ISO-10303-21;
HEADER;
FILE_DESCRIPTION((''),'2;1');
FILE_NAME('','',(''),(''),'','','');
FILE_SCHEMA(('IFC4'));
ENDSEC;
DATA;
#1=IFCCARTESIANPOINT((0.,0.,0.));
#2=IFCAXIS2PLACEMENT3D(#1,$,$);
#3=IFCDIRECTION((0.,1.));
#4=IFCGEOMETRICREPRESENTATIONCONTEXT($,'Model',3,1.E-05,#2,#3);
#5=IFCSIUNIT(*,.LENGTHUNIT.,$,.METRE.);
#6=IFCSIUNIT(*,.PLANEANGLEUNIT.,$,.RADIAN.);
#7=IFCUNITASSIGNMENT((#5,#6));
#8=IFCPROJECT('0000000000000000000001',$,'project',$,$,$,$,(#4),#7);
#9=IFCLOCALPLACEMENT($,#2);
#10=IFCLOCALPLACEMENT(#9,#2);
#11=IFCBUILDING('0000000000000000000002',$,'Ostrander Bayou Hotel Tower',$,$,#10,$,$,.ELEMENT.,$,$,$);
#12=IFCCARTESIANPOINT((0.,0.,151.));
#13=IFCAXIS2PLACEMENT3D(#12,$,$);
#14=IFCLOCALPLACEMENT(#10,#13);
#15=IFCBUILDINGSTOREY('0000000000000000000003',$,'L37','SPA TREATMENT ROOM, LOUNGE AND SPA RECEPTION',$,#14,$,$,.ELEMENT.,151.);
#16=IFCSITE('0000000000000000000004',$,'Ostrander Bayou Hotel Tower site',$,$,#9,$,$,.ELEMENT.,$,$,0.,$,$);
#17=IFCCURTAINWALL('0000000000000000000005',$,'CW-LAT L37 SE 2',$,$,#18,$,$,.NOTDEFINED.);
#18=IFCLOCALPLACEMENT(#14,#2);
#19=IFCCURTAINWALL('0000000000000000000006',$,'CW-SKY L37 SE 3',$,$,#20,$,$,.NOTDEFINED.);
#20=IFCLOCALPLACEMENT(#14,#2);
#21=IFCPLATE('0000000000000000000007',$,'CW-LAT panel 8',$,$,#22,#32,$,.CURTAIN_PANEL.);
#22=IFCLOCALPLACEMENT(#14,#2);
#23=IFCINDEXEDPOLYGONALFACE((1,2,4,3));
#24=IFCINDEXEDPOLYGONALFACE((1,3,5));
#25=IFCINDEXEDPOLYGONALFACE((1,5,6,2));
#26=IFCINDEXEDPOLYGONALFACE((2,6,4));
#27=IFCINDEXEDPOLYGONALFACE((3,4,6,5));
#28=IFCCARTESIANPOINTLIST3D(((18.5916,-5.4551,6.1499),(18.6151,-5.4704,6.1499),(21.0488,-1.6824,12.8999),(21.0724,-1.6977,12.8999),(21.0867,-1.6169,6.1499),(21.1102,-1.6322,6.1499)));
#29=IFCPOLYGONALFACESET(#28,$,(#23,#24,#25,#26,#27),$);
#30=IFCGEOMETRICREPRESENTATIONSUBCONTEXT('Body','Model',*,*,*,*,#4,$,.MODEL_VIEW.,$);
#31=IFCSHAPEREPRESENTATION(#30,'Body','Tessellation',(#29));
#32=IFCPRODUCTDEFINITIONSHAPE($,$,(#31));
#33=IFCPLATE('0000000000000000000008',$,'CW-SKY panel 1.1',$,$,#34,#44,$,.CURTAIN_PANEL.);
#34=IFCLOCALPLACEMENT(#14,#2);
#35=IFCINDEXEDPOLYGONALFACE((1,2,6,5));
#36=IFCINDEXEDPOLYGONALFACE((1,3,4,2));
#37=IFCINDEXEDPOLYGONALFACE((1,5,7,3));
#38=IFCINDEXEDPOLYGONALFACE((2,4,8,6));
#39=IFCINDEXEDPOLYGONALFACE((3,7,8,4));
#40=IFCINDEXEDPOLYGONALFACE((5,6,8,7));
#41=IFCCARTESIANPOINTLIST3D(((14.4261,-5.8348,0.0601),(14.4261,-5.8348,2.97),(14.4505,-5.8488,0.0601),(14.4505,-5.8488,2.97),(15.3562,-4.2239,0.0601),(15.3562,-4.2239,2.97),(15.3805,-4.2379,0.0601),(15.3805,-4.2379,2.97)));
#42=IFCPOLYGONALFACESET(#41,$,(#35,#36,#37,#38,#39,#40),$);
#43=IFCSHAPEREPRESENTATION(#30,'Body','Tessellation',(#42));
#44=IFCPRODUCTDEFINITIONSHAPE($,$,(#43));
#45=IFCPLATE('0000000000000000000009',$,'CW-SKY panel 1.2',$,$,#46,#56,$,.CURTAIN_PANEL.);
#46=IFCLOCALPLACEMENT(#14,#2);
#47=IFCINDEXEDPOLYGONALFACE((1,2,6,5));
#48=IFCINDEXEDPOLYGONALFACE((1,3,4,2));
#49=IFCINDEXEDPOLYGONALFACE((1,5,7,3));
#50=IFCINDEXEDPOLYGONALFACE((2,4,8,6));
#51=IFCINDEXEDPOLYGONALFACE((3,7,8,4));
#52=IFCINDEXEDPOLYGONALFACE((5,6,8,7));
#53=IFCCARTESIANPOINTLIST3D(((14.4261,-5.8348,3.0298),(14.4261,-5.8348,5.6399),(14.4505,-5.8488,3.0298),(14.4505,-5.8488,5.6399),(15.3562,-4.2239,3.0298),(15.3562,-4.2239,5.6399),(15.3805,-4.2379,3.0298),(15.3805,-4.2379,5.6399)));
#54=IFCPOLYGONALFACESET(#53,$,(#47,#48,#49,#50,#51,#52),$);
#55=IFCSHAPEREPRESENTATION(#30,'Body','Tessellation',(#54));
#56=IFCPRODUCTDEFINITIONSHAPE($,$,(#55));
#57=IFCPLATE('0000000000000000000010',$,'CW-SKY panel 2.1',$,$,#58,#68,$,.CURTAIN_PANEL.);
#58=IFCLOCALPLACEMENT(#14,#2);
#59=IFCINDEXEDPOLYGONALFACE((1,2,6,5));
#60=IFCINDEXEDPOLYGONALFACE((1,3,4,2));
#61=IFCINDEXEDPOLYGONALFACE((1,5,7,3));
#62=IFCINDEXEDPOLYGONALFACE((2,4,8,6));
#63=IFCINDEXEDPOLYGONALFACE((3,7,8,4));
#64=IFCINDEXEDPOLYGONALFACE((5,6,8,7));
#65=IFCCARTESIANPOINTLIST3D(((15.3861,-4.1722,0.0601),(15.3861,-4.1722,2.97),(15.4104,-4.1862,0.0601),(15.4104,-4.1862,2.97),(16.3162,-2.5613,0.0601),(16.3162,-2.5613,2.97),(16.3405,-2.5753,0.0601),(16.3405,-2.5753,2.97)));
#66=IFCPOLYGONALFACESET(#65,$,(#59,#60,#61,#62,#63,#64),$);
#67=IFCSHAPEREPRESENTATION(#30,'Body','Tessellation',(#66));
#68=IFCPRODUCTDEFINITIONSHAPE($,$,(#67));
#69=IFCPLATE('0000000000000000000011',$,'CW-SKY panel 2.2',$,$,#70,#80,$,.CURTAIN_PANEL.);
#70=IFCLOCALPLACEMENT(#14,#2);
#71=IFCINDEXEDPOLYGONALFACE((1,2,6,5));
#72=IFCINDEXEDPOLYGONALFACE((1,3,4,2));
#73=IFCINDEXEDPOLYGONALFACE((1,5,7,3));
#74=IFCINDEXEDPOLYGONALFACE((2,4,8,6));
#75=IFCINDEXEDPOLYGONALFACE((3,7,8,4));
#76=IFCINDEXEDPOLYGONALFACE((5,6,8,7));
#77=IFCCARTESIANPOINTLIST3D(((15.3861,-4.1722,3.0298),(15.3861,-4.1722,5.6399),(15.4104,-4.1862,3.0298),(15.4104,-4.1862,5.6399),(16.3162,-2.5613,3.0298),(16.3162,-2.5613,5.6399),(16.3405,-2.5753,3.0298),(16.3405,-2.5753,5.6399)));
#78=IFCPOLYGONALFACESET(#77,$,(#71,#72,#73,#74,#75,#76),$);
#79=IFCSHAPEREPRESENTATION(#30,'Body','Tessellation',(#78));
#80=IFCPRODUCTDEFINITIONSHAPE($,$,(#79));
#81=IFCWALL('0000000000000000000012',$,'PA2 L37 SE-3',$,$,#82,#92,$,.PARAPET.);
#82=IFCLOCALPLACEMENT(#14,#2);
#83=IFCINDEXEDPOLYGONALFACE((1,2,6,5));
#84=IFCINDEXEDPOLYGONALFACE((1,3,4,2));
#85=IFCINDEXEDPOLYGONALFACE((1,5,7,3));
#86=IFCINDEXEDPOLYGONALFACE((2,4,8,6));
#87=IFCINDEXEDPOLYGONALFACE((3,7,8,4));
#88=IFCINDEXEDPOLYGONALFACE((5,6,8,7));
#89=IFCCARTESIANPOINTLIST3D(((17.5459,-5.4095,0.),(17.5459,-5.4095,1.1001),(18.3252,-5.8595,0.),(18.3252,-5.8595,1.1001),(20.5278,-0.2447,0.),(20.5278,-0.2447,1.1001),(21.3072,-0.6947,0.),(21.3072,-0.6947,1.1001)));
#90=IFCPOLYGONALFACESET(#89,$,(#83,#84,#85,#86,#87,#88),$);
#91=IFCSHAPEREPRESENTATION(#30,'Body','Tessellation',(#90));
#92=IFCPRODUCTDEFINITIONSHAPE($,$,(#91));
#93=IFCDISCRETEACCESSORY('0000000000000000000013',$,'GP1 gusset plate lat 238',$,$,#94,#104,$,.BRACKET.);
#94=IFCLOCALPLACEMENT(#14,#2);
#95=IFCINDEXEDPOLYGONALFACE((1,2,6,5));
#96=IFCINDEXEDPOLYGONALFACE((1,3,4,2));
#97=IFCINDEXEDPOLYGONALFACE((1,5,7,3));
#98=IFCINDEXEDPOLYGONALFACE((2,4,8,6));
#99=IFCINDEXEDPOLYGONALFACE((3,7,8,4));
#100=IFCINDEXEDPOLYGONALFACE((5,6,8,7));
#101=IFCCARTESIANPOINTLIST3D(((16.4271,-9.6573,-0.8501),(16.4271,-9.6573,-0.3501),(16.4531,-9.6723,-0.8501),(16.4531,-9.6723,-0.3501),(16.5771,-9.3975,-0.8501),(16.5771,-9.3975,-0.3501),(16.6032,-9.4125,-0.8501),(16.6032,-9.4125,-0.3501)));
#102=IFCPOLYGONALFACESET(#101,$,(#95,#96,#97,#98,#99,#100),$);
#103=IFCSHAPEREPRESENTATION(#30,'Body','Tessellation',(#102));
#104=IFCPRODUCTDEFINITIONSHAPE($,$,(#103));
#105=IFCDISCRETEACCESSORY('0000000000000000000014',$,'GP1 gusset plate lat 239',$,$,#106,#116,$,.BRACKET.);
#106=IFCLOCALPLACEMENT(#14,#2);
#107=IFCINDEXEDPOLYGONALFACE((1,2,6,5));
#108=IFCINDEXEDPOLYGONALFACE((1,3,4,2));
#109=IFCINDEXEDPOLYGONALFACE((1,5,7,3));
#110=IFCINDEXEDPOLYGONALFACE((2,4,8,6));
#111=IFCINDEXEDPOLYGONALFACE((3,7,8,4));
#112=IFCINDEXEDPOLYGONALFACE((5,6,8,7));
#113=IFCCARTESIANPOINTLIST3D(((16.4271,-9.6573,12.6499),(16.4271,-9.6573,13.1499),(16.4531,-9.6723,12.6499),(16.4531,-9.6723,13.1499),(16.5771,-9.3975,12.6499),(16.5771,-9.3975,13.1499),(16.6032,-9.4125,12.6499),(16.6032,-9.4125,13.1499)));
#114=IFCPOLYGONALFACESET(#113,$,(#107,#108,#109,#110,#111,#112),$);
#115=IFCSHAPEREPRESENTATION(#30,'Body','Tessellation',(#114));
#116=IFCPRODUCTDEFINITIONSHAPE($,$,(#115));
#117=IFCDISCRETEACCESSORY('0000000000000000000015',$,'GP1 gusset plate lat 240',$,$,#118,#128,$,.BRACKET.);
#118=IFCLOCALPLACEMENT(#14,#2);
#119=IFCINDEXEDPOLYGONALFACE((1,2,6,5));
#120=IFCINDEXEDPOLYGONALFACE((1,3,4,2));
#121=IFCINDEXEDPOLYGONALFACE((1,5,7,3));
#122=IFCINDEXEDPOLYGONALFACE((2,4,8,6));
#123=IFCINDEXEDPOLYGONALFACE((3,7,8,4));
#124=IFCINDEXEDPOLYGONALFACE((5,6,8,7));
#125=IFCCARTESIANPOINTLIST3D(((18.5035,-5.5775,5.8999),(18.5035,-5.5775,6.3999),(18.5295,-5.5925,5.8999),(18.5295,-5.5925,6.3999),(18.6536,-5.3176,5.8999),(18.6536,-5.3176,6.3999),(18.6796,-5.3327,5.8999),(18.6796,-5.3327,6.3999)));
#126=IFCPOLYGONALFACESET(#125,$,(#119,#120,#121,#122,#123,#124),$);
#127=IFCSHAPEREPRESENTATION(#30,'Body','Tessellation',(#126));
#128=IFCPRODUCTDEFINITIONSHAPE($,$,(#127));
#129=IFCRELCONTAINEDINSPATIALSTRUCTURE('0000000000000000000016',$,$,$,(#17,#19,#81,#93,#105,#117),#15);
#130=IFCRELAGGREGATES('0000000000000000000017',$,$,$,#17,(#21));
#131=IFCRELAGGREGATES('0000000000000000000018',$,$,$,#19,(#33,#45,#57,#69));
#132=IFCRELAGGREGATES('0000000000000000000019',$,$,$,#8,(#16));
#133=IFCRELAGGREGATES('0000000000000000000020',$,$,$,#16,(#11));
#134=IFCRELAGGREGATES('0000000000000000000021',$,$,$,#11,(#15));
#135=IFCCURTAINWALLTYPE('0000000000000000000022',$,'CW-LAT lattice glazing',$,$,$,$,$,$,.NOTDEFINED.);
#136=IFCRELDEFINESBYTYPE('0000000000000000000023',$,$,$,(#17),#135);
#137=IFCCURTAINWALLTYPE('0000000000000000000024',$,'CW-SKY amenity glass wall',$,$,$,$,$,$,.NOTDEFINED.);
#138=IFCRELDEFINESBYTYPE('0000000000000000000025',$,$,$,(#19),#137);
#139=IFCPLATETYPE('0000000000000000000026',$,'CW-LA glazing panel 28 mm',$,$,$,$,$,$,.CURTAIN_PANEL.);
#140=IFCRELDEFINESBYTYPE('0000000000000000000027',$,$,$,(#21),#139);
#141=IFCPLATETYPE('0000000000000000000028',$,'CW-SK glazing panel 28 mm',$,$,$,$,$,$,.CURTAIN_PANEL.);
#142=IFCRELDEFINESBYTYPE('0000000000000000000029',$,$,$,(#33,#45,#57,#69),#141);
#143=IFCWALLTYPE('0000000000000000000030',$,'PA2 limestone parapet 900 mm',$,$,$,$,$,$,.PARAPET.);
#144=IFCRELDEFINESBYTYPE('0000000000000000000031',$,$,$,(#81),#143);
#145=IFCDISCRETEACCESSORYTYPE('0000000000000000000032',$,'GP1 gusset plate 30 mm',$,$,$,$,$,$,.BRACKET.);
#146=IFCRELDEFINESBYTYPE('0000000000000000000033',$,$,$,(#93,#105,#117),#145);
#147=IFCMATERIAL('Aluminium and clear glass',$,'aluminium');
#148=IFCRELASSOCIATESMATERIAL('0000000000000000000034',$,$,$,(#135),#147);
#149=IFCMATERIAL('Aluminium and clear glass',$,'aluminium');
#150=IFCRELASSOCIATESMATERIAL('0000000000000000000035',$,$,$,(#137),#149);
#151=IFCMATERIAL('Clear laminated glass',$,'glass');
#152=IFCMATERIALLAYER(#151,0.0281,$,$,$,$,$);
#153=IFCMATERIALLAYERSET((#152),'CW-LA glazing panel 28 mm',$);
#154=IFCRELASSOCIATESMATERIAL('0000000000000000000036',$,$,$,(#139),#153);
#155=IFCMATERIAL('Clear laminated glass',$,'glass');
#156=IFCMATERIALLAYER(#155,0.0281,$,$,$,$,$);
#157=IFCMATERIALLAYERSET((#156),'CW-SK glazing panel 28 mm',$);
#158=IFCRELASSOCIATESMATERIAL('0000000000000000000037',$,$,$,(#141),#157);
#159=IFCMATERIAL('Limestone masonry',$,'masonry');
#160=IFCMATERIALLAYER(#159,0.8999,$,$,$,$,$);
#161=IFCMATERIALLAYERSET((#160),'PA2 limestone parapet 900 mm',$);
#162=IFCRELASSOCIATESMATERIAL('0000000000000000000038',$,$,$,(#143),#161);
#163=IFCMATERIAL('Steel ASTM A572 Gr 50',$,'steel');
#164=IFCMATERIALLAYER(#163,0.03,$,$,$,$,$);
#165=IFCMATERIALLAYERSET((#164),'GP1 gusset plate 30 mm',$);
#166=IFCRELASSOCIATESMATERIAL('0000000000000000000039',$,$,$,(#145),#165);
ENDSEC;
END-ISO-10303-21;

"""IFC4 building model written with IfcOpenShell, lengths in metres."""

from ifc_helpers import new_model, si_unit, direction, frame, frame_2d, origin, origin_2d, place, context, subcontext, project, spatial, polyline, rectangle, outline, extrude, material, layer, layer_set, type_object, element, aggregate, save


model = new_model("IFC4")

# Units and contexts
model_context = context("Model", 3, precision=1e-05, world=origin(), true_north=direction((0.0, 1.0)))
body_context = subcontext(model_context, "Body", "Model", "MODEL_VIEW")
ifc_project = project(units=[si_unit("LENGTHUNIT", "METRE"), si_unit("PLANEANGLEUNIT", "RADIAN")], contexts=[model_context])

# Site, building, storey
site_placement = place(None, origin())
site = spatial("IfcSite", under=ifc_project, at=site_placement, Name="Ostrander Bayou Hotel Tower site", CompositionType="ELEMENT", RefElevation=0.0)
building_placement = place(site_placement, origin())
building = spatial("IfcBuilding", under=site, at=building_placement, Name="Ostrander Bayou Hotel Tower", CompositionType="ELEMENT")
storey_placement = place(building_placement, frame((0.0, 0.0, 151.0)))
storey = spatial("IfcBuildingStorey", under=building, at=storey_placement, Name="L37", Description="SPA TREATMENT ROOM, LOUNGE AND SPA RECEPTION", CompositionType="ELEMENT", Elevation=151.0)

# Curtain walls
ifc_material_1 = material(Name="Aluminium and clear glass", Category="aluminium")
curtain_wall_type_1 = type_object("IfcCurtainWallType", Name="CW-LAT lattice glazing", PredefinedType="NOTDEFINED", material=ifc_material_1)
curtain_wall_1_placement = place(storey_placement, origin())
curtain_wall_1 = element("IfcCurtainWall", 1, at=curtain_wall_1_placement, inside=storey, type_object=curtain_wall_type_1, Name="CW-LAT L37 SE 2", PredefinedType="NOTDEFINED")
ifc_material_2 = material(Name="Aluminium and clear glass", Category="aluminium")
curtain_wall_type_2 = type_object("IfcCurtainWallType", Name="CW-SKY amenity glass wall", PredefinedType="NOTDEFINED", material=ifc_material_2)
curtain_wall_2_placement = place(storey_placement, origin())
curtain_wall_2 = element("IfcCurtainWall", 2, at=curtain_wall_2_placement, inside=storey, type_object=curtain_wall_type_2, Name="CW-SKY L37 SE 3", PredefinedType="NOTDEFINED")

# Shared definitions
ifc_material_3 = material(Name="Clear laminated glass", Category="glass")
ifc_layer_1 = layer(ifc_material_3, 0.0281)
ifc_layer_set_1 = layer_set([ifc_layer_1], Name="CW-LA glazing panel 28 mm")
plate_type_1 = type_object("IfcPlateType", Name="CW-LA glazing panel 28 mm", PredefinedType="CURTAIN_PANEL", material=ifc_layer_set_1)

# Plates
plate_1_placement = place(storey_placement, frame((18.5916, -5.4551, 6.1499), z_axis=(-0.838411, 0.545039, 0.000583), x_axis=(0.302851, 0.464973, 0.831914)))
plate_1 = element("IfcPlate", 3, at=plate_1_placement, type_object=plate_type_1, Name="CW-LAT panel 8", PredefinedType="CURTAIN_PANEL", context=body_context, shape_type="SweptSolid", body=[
    extrude(outline(polyline([(0.0, 0.0), (8.1138, 0.0), (2.5403, 3.8084), (0.0, 0.0)])), origin(), (0.0, 0.0, -1.0), 0.0281),
])
aggregate(curtain_wall_1, [plate_1])
ifc_material_4 = material(Name="Clear laminated glass", Category="glass")
ifc_layer_2 = layer(ifc_material_4, 0.0281)
ifc_layer_set_2 = layer_set([ifc_layer_2], Name="CW-SK glazing panel 28 mm")
plate_type_2 = type_object("IfcPlateType", Name="CW-SK glazing panel 28 mm", PredefinedType="CURTAIN_PANEL", material=ifc_layer_set_2)
plate_2_placement = place(storey_placement, frame((14.9033, -5.0364, 0.0601), z_axis=(0.0, 0.0, 1.0), x_axis=(0.5, 0.866025, 0.0)))
plate_2 = element("IfcPlate", 4, at=plate_2_placement, type_object=plate_type_2, Name="CW-SKY panel 1.1", PredefinedType="CURTAIN_PANEL", context=body_context, shape_type="SweptSolid", body=[
    extrude(rectangle(XDim=1.8601, YDim=0.0281, at=origin_2d()), origin(), (0.0, 0.0, 1.0), 2.9099),
])
plate_3_placement = place(storey_placement, frame((14.9033, -5.0364, 3.0298), z_axis=(0.0, 0.0, 1.0), x_axis=(0.5, 0.866025, 0.0)))
plate_3 = element("IfcPlate", 5, at=plate_3_placement, type_object=plate_type_2, Name="CW-SKY panel 1.2", PredefinedType="CURTAIN_PANEL", context=body_context, shape_type="SweptSolid", body=[
    extrude(rectangle(XDim=1.8601, YDim=0.0281, at=origin_2d()), origin(), (0.0, 0.0, 1.0), 2.6101),
])
plate_4_placement = place(storey_placement, frame((15.8633, -3.3738, 0.0601), z_axis=(0.0, 0.0, 1.0), x_axis=(0.5, 0.866025, 0.0)))
plate_4 = element("IfcPlate", 6, at=plate_4_placement, type_object=plate_type_2, Name="CW-SKY panel 2.1", PredefinedType="CURTAIN_PANEL", context=body_context, shape_type="SweptSolid", body=[
    extrude(rectangle(XDim=1.8601, YDim=0.0281, at=origin_2d()), origin(), (0.0, 0.0, 1.0), 2.9099),
])
plate_5_placement = place(storey_placement, frame((15.8633, -3.3738, 3.0298), z_axis=(0.0, 0.0, 1.0), x_axis=(0.5, 0.866025, 0.0)))
plate_5 = element("IfcPlate", 7, at=plate_5_placement, type_object=plate_type_2, Name="CW-SKY panel 2.2", PredefinedType="CURTAIN_PANEL", context=body_context, shape_type="SweptSolid", body=[
    extrude(rectangle(XDim=1.8601, YDim=0.0281, at=origin_2d()), origin(), (0.0, 0.0, 1.0), 2.6101),
])
aggregate(curtain_wall_2, [plate_2, plate_3, plate_4, plate_5])

# Wall
ifc_material_5 = material(Name="Limestone masonry", Category="masonry")
ifc_layer_3 = layer(ifc_material_5, 0.8999)
ifc_layer_set_3 = layer_set([ifc_layer_3], Name="PA2 limestone parapet 900 mm")
wall_type_1 = type_object("IfcWallType", Name="PA2 limestone parapet 900 mm", PredefinedType="PARAPET", material=ifc_layer_set_3)
wall_1_placement = place(storey_placement, frame((17.9355, -5.6345, 0.0), z_axis=(0.0, 0.0, 1.0), x_axis=(0.500005, 0.866023, 0.0)))
element("IfcWall", 8, at=wall_1_placement, inside=storey, type_object=wall_type_1, Name="PA2 L37 SE-3", PredefinedType="PARAPET", context=body_context, shape_type="SweptSolid", body=[
    extrude(rectangle(XDim=5.9639, YDim=0.8999, at=frame_2d((2.9819, 0.0))), origin(), (0.0, 0.0, 1.0), 1.1001),
])

# Discrete accessories
ifc_material_6 = material(Name="Steel ASTM A572 Gr 50", Category="steel")
ifc_layer_4 = layer(ifc_material_6, 0.03)
ifc_layer_set_4 = layer_set([ifc_layer_4], Name="GP1 gusset plate 30 mm")
discrete_accessory_type = type_object("IfcDiscreteAccessoryType", Name="GP1 gusset plate 30 mm", PredefinedType="BRACKET", material=ifc_layer_set_4)
for number, where, z_axis, x_axis, name in (
    (9, (16.5151, -9.5349, -0.8501), (0.0, 0.0, 1.0), (0.5, 0.866025, 0.0), "GP1 gusset plate lat 238"),
    (10, (16.5151, -9.5349, 12.6499), (0.0, 0.0, 1.0), (0.5, 0.866025, 0.0), "GP1 gusset plate lat 239"),
    (11, (18.5916, -5.4551, 5.8999), (0.0, 0.0, 1.0), (0.5, 0.866025, 0.0), "GP1 gusset plate lat 240"),
):
    element("IfcDiscreteAccessory", number, at=place(storey_placement, frame(where, z_axis=z_axis, x_axis=x_axis)), inside=storey, type_object=discrete_accessory_type, Name=name, PredefinedType="BRACKET", context=body_context, shape_type="SweptSolid", body=[
        extrude(rectangle(XDim=0.3, YDim=0.03, at=origin_2d()), origin(), (0.0, 0.0, 1.0), 0.5),
    ])

save(model, "model.ifc")
